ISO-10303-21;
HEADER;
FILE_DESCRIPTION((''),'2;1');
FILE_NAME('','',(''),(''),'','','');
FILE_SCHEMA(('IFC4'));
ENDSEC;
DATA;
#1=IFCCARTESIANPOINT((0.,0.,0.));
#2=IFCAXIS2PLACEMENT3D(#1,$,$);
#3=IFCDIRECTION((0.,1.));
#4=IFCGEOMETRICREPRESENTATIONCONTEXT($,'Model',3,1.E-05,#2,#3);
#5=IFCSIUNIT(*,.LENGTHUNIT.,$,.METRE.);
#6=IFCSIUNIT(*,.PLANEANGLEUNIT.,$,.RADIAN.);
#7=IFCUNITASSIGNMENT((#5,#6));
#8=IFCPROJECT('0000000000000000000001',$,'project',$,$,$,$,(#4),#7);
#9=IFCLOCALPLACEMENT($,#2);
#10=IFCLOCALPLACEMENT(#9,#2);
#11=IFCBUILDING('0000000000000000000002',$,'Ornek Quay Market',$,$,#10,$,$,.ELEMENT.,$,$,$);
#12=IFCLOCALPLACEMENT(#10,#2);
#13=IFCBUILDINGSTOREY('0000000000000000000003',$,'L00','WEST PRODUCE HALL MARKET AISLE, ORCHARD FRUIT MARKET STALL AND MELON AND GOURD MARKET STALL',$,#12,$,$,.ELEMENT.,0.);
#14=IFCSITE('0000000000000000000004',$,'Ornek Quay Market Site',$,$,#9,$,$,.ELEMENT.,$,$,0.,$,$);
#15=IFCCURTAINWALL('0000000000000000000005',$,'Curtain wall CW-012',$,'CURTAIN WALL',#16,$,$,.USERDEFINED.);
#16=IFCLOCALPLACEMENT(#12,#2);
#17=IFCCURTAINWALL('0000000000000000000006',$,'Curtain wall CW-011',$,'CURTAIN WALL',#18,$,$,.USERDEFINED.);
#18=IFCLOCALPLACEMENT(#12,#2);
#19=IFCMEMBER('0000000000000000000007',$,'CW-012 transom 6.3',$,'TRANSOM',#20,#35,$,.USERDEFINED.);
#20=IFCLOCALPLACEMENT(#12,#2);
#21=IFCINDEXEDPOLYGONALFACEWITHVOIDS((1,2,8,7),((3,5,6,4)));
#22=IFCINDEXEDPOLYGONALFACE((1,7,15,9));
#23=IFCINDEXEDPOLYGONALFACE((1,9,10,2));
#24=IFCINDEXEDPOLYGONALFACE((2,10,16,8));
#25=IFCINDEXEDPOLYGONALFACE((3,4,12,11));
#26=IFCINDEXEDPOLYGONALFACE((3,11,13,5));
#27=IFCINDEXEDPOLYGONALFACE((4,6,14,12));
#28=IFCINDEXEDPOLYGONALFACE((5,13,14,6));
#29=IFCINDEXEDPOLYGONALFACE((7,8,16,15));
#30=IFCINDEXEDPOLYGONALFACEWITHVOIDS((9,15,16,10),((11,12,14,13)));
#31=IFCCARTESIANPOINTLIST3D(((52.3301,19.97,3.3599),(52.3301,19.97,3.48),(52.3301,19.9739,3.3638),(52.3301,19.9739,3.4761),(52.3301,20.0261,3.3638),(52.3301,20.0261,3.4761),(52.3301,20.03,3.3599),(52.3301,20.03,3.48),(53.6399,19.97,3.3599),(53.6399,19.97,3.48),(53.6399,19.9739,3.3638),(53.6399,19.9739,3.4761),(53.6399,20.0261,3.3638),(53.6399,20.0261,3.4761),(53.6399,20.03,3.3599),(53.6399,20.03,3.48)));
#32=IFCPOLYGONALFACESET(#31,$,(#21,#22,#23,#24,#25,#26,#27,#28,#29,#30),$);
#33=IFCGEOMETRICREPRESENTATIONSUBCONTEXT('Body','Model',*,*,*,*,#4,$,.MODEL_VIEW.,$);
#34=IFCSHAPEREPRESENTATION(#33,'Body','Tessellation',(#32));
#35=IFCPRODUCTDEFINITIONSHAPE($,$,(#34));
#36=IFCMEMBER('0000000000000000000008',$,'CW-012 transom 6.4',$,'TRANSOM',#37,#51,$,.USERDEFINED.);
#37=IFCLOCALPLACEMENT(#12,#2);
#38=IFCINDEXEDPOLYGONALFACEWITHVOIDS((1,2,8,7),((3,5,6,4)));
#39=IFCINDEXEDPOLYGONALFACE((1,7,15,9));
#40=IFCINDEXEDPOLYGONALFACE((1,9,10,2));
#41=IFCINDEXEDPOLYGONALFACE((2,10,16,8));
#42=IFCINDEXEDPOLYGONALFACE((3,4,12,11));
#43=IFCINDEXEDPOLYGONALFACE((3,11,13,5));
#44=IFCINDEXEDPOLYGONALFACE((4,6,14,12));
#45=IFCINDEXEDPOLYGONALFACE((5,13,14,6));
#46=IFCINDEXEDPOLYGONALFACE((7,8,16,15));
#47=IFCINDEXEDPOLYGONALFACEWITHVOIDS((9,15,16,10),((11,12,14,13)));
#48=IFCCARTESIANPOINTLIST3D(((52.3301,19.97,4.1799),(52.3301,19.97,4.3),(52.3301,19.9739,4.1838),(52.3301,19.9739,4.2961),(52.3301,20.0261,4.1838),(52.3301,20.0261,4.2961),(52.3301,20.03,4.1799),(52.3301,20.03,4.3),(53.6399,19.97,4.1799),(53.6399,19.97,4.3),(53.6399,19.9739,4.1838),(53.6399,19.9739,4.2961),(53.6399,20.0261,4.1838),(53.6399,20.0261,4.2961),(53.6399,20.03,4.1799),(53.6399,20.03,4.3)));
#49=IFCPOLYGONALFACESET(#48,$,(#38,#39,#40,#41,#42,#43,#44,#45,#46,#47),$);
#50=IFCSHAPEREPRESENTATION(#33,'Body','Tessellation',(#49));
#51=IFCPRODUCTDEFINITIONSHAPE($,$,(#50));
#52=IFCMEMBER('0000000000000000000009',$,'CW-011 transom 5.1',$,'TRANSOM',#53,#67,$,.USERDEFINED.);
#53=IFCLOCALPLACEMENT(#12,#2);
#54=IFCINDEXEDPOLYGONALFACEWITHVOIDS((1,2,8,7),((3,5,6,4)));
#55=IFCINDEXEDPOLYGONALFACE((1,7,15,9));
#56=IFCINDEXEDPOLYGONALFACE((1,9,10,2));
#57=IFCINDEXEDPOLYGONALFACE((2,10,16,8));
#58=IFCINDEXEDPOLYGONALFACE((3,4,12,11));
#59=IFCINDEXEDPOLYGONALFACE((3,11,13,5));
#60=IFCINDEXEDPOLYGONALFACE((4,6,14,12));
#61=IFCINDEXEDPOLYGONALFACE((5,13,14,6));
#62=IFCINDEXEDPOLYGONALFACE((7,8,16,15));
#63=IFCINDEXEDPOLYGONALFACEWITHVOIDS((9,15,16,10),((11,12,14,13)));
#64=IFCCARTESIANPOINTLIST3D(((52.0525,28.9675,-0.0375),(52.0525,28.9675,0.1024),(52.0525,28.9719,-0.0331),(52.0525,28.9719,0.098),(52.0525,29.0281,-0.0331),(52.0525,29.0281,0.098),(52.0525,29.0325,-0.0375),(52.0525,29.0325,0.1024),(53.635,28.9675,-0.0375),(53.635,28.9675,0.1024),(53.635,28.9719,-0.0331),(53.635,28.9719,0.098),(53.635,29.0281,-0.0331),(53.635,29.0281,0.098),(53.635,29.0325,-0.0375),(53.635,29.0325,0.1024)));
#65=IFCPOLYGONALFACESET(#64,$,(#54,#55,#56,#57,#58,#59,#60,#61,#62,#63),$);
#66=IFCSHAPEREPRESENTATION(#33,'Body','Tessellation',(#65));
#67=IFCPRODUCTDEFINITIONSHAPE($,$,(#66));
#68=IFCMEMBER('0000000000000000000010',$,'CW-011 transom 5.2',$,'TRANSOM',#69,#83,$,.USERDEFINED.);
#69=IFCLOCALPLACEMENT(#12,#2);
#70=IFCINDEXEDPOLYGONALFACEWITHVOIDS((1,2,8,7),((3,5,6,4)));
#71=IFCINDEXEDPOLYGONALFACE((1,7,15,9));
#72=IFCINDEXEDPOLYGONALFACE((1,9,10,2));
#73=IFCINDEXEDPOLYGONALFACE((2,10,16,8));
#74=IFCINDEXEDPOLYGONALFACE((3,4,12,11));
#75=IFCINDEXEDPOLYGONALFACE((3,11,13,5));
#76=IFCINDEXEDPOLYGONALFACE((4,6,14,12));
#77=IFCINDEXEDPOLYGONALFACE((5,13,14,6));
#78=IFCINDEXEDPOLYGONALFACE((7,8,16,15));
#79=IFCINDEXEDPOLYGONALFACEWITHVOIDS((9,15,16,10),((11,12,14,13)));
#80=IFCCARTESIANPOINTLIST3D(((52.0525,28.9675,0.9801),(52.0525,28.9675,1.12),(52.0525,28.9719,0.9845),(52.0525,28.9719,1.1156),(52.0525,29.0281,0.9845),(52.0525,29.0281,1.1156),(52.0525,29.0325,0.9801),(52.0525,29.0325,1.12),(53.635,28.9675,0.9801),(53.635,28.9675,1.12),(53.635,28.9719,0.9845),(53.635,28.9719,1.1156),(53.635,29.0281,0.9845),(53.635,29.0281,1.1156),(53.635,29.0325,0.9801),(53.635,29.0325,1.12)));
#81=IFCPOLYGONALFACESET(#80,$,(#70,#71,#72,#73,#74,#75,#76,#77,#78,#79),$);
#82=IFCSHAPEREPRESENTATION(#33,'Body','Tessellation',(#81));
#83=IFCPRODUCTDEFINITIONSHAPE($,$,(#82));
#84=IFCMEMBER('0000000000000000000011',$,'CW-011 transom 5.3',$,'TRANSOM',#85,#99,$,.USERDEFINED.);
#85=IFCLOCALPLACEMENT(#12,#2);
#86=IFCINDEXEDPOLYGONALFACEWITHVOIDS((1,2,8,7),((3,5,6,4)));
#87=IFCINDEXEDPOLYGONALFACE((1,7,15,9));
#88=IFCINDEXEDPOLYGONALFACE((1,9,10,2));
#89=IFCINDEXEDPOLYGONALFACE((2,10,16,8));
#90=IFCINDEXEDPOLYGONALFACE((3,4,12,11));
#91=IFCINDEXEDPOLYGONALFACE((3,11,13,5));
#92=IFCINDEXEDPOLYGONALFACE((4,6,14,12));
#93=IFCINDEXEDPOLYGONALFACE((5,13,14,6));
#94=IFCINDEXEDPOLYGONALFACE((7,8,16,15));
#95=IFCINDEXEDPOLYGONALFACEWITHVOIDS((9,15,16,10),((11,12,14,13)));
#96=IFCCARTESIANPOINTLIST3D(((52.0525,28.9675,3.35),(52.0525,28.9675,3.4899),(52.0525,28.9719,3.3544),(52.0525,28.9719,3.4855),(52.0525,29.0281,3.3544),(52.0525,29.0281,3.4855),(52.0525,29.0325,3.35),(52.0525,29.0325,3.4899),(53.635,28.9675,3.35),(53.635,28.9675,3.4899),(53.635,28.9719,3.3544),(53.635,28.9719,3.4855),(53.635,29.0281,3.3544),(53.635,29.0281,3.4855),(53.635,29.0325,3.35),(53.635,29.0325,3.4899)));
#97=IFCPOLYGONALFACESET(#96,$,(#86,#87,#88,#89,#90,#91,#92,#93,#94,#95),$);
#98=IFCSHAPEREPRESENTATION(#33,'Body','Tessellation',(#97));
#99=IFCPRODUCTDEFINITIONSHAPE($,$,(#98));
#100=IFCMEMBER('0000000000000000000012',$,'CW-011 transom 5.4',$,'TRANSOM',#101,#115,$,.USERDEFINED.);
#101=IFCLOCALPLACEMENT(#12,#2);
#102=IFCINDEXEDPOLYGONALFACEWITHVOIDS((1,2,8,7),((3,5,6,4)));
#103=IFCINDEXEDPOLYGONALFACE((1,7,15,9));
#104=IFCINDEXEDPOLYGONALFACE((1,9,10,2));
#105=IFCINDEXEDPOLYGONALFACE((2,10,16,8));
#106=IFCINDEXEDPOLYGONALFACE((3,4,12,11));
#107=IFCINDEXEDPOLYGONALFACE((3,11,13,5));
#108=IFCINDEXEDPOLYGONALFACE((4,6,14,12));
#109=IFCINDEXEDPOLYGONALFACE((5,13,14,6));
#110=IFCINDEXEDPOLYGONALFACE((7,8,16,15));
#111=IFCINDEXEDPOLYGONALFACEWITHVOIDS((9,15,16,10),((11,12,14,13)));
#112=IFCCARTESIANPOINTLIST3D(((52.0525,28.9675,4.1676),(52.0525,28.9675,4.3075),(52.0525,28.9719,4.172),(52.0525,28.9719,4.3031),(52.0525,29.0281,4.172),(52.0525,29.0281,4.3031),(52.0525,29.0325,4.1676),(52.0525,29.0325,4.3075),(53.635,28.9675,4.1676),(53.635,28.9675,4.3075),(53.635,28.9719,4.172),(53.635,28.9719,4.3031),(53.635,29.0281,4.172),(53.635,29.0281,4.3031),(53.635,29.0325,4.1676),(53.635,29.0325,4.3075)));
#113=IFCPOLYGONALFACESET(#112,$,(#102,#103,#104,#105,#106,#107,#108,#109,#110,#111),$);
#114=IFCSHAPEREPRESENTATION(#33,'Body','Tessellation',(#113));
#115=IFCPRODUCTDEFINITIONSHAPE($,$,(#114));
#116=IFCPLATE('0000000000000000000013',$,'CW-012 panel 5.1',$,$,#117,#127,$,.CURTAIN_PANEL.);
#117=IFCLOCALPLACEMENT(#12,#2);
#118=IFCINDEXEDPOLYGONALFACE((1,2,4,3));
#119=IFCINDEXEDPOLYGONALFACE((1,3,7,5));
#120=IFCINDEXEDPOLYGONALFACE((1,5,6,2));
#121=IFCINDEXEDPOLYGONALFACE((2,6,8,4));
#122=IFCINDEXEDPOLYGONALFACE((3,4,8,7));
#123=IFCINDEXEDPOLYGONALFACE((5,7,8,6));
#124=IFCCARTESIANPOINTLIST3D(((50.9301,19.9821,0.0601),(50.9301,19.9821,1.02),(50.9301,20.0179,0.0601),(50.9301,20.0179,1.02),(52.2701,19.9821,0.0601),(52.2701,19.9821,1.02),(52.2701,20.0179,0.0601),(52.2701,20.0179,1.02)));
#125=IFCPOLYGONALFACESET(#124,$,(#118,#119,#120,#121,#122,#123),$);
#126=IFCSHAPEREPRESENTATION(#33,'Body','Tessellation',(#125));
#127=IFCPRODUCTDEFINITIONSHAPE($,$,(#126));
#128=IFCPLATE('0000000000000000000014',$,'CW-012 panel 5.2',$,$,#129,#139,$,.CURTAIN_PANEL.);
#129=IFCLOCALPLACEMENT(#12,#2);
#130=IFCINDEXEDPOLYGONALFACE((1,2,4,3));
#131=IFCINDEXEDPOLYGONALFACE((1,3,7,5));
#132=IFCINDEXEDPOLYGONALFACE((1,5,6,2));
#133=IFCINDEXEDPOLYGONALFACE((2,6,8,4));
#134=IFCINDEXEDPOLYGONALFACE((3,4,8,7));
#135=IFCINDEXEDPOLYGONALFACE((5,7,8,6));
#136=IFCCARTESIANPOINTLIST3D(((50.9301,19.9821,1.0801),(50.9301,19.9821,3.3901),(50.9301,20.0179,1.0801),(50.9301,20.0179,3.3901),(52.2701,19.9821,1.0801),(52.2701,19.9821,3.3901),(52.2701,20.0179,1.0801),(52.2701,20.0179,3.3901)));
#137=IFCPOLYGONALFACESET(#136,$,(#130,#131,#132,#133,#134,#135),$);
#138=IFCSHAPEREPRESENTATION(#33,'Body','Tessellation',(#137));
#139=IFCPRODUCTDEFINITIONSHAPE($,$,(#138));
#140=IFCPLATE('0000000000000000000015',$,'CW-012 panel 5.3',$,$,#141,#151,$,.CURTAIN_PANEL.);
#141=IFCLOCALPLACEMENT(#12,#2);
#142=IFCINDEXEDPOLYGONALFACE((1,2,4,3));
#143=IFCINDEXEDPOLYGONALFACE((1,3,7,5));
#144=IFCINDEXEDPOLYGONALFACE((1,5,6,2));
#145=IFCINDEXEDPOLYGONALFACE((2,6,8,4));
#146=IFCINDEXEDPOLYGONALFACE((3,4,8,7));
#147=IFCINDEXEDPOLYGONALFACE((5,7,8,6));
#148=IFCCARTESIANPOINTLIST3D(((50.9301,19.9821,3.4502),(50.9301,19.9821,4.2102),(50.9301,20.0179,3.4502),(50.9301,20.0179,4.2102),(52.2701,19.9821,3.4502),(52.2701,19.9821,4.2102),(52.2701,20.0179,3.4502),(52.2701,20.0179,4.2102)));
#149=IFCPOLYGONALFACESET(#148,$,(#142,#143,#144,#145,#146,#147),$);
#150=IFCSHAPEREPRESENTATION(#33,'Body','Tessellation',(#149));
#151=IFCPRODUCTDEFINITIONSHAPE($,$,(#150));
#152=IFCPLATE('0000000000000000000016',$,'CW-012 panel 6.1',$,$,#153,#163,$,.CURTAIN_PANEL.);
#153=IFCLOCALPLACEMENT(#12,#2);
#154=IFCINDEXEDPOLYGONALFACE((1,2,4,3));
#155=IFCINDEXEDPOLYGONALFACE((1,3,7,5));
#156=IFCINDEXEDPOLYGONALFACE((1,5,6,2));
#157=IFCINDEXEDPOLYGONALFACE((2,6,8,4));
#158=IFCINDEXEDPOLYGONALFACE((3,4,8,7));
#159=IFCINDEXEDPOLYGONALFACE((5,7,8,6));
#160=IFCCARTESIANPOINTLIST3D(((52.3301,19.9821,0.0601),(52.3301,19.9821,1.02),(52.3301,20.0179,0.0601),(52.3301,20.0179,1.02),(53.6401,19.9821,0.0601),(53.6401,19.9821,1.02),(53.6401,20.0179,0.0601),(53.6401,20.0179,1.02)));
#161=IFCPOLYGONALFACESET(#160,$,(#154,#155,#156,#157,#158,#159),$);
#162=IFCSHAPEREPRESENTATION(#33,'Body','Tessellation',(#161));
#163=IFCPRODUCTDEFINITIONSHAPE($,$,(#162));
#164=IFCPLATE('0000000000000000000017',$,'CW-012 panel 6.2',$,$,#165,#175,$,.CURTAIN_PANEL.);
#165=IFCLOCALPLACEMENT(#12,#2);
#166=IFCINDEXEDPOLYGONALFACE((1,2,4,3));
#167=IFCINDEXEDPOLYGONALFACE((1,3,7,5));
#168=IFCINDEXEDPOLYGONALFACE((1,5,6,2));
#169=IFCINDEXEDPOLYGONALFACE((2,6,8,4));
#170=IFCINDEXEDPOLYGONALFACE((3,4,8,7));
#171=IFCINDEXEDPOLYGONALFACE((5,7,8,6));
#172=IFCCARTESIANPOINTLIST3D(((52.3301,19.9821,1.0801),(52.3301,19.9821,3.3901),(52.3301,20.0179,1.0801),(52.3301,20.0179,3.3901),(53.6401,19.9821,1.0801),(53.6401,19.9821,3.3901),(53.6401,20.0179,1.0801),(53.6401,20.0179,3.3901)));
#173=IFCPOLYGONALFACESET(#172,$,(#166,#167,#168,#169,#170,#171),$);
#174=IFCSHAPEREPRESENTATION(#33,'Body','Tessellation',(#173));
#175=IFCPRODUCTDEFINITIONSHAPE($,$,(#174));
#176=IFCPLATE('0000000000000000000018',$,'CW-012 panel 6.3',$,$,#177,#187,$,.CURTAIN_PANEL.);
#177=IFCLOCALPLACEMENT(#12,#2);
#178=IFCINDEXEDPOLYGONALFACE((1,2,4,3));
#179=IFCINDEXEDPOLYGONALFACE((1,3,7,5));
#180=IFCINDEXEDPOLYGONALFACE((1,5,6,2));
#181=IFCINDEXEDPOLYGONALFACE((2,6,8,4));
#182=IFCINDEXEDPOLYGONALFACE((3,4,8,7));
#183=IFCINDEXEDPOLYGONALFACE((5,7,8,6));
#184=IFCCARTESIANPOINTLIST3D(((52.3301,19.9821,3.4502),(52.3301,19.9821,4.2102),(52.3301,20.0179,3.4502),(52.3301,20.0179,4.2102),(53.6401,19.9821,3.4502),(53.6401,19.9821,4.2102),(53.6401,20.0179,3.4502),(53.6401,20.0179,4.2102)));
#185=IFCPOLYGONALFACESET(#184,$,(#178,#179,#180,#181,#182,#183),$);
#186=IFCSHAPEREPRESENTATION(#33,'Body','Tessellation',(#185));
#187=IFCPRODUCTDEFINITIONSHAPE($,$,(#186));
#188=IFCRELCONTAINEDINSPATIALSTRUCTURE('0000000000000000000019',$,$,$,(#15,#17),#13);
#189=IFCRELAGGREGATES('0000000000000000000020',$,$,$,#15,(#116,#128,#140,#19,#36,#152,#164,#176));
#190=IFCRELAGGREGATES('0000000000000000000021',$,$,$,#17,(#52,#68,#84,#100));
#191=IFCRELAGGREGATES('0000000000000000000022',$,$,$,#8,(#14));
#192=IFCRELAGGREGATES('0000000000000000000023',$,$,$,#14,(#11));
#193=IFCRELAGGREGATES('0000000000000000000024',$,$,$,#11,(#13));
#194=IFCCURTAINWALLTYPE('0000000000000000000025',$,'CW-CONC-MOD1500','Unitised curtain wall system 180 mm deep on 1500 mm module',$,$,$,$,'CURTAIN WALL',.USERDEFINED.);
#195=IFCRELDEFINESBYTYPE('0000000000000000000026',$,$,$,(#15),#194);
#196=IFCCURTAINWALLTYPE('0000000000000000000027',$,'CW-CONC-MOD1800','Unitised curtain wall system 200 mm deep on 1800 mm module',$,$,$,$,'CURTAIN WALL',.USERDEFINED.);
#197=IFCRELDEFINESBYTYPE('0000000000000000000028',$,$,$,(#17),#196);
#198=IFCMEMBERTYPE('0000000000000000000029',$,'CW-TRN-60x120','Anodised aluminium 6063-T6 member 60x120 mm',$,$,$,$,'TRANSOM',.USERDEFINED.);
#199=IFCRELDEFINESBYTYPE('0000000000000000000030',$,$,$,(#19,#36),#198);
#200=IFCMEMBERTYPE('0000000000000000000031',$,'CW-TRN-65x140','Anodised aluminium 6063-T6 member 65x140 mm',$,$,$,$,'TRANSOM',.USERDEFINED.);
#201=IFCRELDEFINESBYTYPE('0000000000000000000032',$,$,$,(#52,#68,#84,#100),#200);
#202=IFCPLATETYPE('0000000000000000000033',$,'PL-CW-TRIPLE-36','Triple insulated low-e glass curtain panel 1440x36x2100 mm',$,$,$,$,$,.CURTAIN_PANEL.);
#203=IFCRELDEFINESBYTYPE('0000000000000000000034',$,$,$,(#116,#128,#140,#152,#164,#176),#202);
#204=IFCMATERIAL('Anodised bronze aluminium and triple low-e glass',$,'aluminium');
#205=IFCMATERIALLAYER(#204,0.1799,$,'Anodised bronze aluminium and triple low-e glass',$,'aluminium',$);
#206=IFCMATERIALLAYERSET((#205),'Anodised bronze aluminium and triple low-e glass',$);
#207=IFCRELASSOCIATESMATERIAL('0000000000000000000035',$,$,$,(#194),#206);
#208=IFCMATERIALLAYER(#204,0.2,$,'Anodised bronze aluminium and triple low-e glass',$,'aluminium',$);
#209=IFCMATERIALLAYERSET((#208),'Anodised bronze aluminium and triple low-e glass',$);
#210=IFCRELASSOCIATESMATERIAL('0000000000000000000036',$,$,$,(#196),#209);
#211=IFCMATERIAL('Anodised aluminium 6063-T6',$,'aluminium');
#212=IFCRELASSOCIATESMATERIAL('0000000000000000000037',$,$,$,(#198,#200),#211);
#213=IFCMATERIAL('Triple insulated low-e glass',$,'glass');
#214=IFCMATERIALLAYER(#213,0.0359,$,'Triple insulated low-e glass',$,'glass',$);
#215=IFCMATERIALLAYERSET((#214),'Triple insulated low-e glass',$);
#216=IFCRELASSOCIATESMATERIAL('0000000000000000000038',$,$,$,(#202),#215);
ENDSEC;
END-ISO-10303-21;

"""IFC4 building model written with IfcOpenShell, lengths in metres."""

from ifc_helpers import new_model, si_unit, direction, frame, origin, origin_2d, place, context, subcontext, project, spatial, rectangle, hollow_rectangle, extrude, material, layer, layer_set, material_profile, profile_set, type_object, element, aggregate, save


model = new_model("IFC4")

# Units and contexts
model_context = context("Model", 3, precision=1e-05, world=origin(), true_north=direction((0.0, 1.0)))
body_context = subcontext(model_context, "Body", "Model", "MODEL_VIEW")
ifc_project = project(units=[si_unit("LENGTHUNIT", "METRE"), si_unit("PLANEANGLEUNIT", "RADIAN")], contexts=[model_context])

# Site, building, storey
site_placement = place(None, origin())
site = spatial("IfcSite", under=ifc_project, at=site_placement, Name="Ornek Quay Market Site", CompositionType="ELEMENT", RefElevation=0.0)
building_placement = place(site_placement, origin())
building = spatial("IfcBuilding", under=site, at=building_placement, Name="Ornek Quay Market", CompositionType="ELEMENT")
storey_placement = place(building_placement, origin())
storey = spatial("IfcBuildingStorey", under=building, at=storey_placement, Name="L00", Description="WEST PRODUCE HALL MARKET AISLE, ORCHARD FRUIT MARKET STALL AND MELON AND GOURD MARKET STALL", CompositionType="ELEMENT", Elevation=0.0)

# Curtain wall
ifc_material_1 = material(Name="Anodised bronze aluminium and triple low-e glass", Category="aluminium")
ifc_layer_1 = layer(ifc_material_1, 0.1799, Name="Anodised bronze aluminium and triple low-e glass", Category="aluminium")
ifc_layer_set_1 = layer_set([ifc_layer_1], Name="Anodised bronze aluminium and triple low-e glass")
curtain_wall_type_1 = type_object("IfcCurtainWallType", Name="CW-CONC-MOD1500", Description="Unitised curtain wall system 180 mm deep on 1500 mm module", ElementType="CURTAIN WALL", PredefinedType="USERDEFINED", material=ifc_layer_set_1)
curtain_wall_1_placement = place(storey_placement, origin())
curtain_wall_1 = element("IfcCurtainWall", 1, at=curtain_wall_1_placement, inside=storey, type_object=curtain_wall_type_1, Name="Curtain wall CW-012", ObjectType="CURTAIN WALL", PredefinedType="USERDEFINED")
ifc_material_2 = material(Name="Anodised aluminium 6063-T6", Category="aluminium")

# Curtain wall
ifc_layer_2 = layer(ifc_material_1, 0.2, Name="Anodised bronze aluminium and triple low-e glass", Category="aluminium")
ifc_layer_set_2 = layer_set([ifc_layer_2], Name="Anodised bronze aluminium and triple low-e glass")
curtain_wall_type_2 = type_object("IfcCurtainWallType", Name="CW-CONC-MOD1800", Description="Unitised curtain wall system 200 mm deep on 1800 mm module", ElementType="CURTAIN WALL", PredefinedType="USERDEFINED", material=ifc_layer_set_2)
curtain_wall_2_placement = place(storey_placement, origin())
curtain_wall_2 = element("IfcCurtainWall", 2, at=curtain_wall_2_placement, inside=storey, type_object=curtain_wall_type_2, Name="Curtain wall CW-011", ObjectType="CURTAIN WALL", PredefinedType="USERDEFINED")

# Members
ifc_material_profile_1 = material_profile(ifc_material_2, hollow_rectangle(XDim=0.0601, YDim=0.1201, WallThickness=0.0039, at=origin_2d()), Name="CW-TRN-60x120", Category="aluminium")
ifc_profile_set_1 = profile_set([ifc_material_profile_1], Name="Anodised aluminium 6063-T6")
member_type_1 = type_object("IfcMemberType", Name="CW-TRN-60x120", Description="Anodised aluminium 6063-T6 member 60x120 mm", ElementType="TRANSOM", PredefinedType="USERDEFINED", material=ifc_profile_set_1)
member_1_placement = place(storey_placement, frame((52.3301, 20.0, 3.4199), z_axis=(1.0, 0.0, 0.0), x_axis=(0.0, 1.0, 0.0)))
member_1 = element("IfcMember", 3, at=member_1_placement, type_object=member_type_1, Name="CW-012 transom 6.3", ObjectType="TRANSOM", PredefinedType="USERDEFINED", context=body_context, shape_type="SweptSolid", body=[
    extrude(hollow_rectangle(XDim=0.0601, YDim=0.1201, WallThickness=0.0039, at=origin_2d()), origin(), (0.0, 0.0, 1.0), 1.3098),
])
member_2_placement = place(storey_placement, frame((52.3301, 20.0, 4.24), z_axis=(1.0, 0.0, 0.0), x_axis=(0.0, 1.0, 0.0)))
member_2 = element("IfcMember", 4, at=member_2_placement, type_object=member_type_1, Name="CW-012 transom 6.4", ObjectType="TRANSOM", PredefinedType="USERDEFINED", context=body_context, shape_type="SweptSolid", body=[
    extrude(hollow_rectangle(XDim=0.0601, YDim=0.1201, WallThickness=0.0039, at=origin_2d()), origin(), (0.0, 0.0, 1.0), 1.3098),
])
ifc_material_profile_2 = material_profile(ifc_material_2, hollow_rectangle(XDim=0.0649, YDim=0.1399, WallThickness=0.0044, at=origin_2d()), Name="CW-TRN-65x140", Category="aluminium")
ifc_profile_set_2 = profile_set([ifc_material_profile_2], Name="Anodised aluminium 6063-T6")
member_type_2 = type_object("IfcMemberType", Name="CW-TRN-65x140", Description="Anodised aluminium 6063-T6 member 65x140 mm", ElementType="TRANSOM", PredefinedType="USERDEFINED", material=ifc_profile_set_2)
member_3_placement = place(storey_placement, frame((52.0525, 29.0, 0.0325), z_axis=(1.0, 0.0, 0.0), x_axis=(0.0, 1.0, 0.0)))
member_3 = element("IfcMember", 5, at=member_3_placement, type_object=member_type_2, Name="CW-011 transom 5.1", ObjectType="TRANSOM", PredefinedType="USERDEFINED", context=body_context, shape_type="SweptSolid", body=[
    extrude(hollow_rectangle(XDim=0.0649, YDim=0.1399, WallThickness=0.0044, at=origin_2d()), origin(), (0.0, 0.0, 1.0), 1.5825),
])
member_4_placement = place(storey_placement, frame((52.0525, 29.0, 1.05), z_axis=(1.0, 0.0, 0.0), x_axis=(0.0, 1.0, 0.0)))
member_4 = element("IfcMember", 6, at=member_4_placement, type_object=member_type_2, Name="CW-011 transom 5.2", ObjectType="TRANSOM", PredefinedType="USERDEFINED", context=body_context, shape_type="SweptSolid", body=[
    extrude(hollow_rectangle(XDim=0.0649, YDim=0.1399, WallThickness=0.0044, at=origin_2d()), origin(), (0.0, 0.0, 1.0), 1.5825),
])
member_5_placement = place(storey_placement, frame((52.0525, 29.0, 3.4199), z_axis=(1.0, 0.0, 0.0), x_axis=(0.0, 1.0, 0.0)))
member_5 = element("IfcMember", 7, at=member_5_placement, type_object=member_type_2, Name="CW-011 transom 5.3", ObjectType="TRANSOM", PredefinedType="USERDEFINED", context=body_context, shape_type="SweptSolid", body=[
    extrude(hollow_rectangle(XDim=0.0649, YDim=0.1399, WallThickness=0.0044, at=origin_2d()), origin(), (0.0, 0.0, 1.0), 1.5825),
])
member_6_placement = place(storey_placement, frame((52.0525, 29.0, 4.2375), z_axis=(1.0, 0.0, 0.0), x_axis=(0.0, 1.0, 0.0)))
member_6 = element("IfcMember", 8, at=member_6_placement, type_object=member_type_2, Name="CW-011 transom 5.4", ObjectType="TRANSOM", PredefinedType="USERDEFINED", context=body_context, shape_type="SweptSolid", body=[
    extrude(hollow_rectangle(XDim=0.0649, YDim=0.1399, WallThickness=0.0044, at=origin_2d()), origin(), (0.0, 0.0, 1.0), 1.5825),
])

# Plates
ifc_material_3 = material(Name="Triple insulated low-e glass", Category="glass")
ifc_layer_3 = layer(ifc_material_3, 0.0359, Name="Triple insulated low-e glass", Category="glass")
ifc_layer_set_3 = layer_set([ifc_layer_3], Name="Triple insulated low-e glass")
plate_type_1 = type_object("IfcPlateType", Name="PL-CW-TRIPLE-36", Description="Triple insulated low-e glass curtain panel 1440x36x2100 mm", PredefinedType="CURTAIN_PANEL", material=ifc_layer_set_3)
plate_1_placement = place(storey_placement, frame((51.6001, 20.0, 0.0601), z_axis=(0.0, 0.0, 1.0), x_axis=(1.0, 0.0, 0.0)))
plate_1 = element("IfcPlate", 9, at=plate_1_placement, type_object=plate_type_1, Name="CW-012 panel 5.1", PredefinedType="CURTAIN_PANEL", context=body_context, shape_type="SweptSolid", body=[
    extrude(rectangle(XDim=1.3401, YDim=0.0359, at=origin_2d()), origin(), (0.0, 0.0, 1.0), 0.96),
])
plate_2_placement = place(storey_placement, frame((51.6001, 20.0, 1.0801), z_axis=(0.0, 0.0, 1.0), x_axis=(1.0, 0.0, 0.0)))
plate_2 = element("IfcPlate", 10, at=plate_2_placement, type_object=plate_type_1, Name="CW-012 panel 5.2", PredefinedType="CURTAIN_PANEL", context=body_context, shape_type="SweptSolid", body=[
    extrude(rectangle(XDim=1.3401, YDim=0.0359, at=origin_2d()), origin(), (0.0, 0.0, 1.0), 2.3101),
])
plate_3_placement = place(storey_placement, frame((51.6001, 20.0, 3.4502), z_axis=(0.0, 0.0, 1.0), x_axis=(1.0, 0.0, 0.0)))
plate_3 = element("IfcPlate", 11, at=plate_3_placement, type_object=plate_type_1, Name="CW-012 panel 5.3", PredefinedType="CURTAIN_PANEL", context=body_context, shape_type="SweptSolid", body=[
    extrude(rectangle(XDim=1.3401, YDim=0.0359, at=origin_2d()), origin(), (0.0, 0.0, 1.0), 0.76),
])
plate_4_placement = place(storey_placement, frame((52.9851, 20.0, 0.0601), z_axis=(0.0, 0.0, 1.0), x_axis=(1.0, 0.0, 0.0)))
plate_4 = element("IfcPlate", 12, at=plate_4_placement, type_object=plate_type_1, Name="CW-012 panel 6.1", PredefinedType="CURTAIN_PANEL", context=body_context, shape_type="SweptSolid", body=[
    extrude(rectangle(XDim=1.3101, YDim=0.0359, at=origin_2d()), origin(), (0.0, 0.0, 1.0), 0.96),
])
plate_5_placement = place(storey_placement, frame((52.9851, 20.0, 1.0801), z_axis=(0.0, 0.0, 1.0), x_axis=(1.0, 0.0, 0.0)))
plate_5 = element("IfcPlate", 13, at=plate_5_placement, type_object=plate_type_1, Name="CW-012 panel 6.2", PredefinedType="CURTAIN_PANEL", context=body_context, shape_type="SweptSolid", body=[
    extrude(rectangle(XDim=1.3101, YDim=0.0359, at=origin_2d()), origin(), (0.0, 0.0, 1.0), 2.3101),
])
plate_6_placement = place(storey_placement, frame((52.9851, 20.0, 3.4502), z_axis=(0.0, 0.0, 1.0), x_axis=(1.0, 0.0, 0.0)))
plate_6 = element("IfcPlate", 14, at=plate_6_placement, type_object=plate_type_1, Name="CW-012 panel 6.3", PredefinedType="CURTAIN_PANEL", context=body_context, shape_type="SweptSolid", body=[
    extrude(rectangle(XDim=1.3101, YDim=0.0359, at=origin_2d()), origin(), (0.0, 0.0, 1.0), 0.76),
])
aggregate(curtain_wall_1, [plate_1, plate_2, plate_3, member_1, member_2, plate_4, plate_5, plate_6])
aggregate(curtain_wall_2, [member_3, member_4, member_5, member_6])

save(model, "model.ifc")
